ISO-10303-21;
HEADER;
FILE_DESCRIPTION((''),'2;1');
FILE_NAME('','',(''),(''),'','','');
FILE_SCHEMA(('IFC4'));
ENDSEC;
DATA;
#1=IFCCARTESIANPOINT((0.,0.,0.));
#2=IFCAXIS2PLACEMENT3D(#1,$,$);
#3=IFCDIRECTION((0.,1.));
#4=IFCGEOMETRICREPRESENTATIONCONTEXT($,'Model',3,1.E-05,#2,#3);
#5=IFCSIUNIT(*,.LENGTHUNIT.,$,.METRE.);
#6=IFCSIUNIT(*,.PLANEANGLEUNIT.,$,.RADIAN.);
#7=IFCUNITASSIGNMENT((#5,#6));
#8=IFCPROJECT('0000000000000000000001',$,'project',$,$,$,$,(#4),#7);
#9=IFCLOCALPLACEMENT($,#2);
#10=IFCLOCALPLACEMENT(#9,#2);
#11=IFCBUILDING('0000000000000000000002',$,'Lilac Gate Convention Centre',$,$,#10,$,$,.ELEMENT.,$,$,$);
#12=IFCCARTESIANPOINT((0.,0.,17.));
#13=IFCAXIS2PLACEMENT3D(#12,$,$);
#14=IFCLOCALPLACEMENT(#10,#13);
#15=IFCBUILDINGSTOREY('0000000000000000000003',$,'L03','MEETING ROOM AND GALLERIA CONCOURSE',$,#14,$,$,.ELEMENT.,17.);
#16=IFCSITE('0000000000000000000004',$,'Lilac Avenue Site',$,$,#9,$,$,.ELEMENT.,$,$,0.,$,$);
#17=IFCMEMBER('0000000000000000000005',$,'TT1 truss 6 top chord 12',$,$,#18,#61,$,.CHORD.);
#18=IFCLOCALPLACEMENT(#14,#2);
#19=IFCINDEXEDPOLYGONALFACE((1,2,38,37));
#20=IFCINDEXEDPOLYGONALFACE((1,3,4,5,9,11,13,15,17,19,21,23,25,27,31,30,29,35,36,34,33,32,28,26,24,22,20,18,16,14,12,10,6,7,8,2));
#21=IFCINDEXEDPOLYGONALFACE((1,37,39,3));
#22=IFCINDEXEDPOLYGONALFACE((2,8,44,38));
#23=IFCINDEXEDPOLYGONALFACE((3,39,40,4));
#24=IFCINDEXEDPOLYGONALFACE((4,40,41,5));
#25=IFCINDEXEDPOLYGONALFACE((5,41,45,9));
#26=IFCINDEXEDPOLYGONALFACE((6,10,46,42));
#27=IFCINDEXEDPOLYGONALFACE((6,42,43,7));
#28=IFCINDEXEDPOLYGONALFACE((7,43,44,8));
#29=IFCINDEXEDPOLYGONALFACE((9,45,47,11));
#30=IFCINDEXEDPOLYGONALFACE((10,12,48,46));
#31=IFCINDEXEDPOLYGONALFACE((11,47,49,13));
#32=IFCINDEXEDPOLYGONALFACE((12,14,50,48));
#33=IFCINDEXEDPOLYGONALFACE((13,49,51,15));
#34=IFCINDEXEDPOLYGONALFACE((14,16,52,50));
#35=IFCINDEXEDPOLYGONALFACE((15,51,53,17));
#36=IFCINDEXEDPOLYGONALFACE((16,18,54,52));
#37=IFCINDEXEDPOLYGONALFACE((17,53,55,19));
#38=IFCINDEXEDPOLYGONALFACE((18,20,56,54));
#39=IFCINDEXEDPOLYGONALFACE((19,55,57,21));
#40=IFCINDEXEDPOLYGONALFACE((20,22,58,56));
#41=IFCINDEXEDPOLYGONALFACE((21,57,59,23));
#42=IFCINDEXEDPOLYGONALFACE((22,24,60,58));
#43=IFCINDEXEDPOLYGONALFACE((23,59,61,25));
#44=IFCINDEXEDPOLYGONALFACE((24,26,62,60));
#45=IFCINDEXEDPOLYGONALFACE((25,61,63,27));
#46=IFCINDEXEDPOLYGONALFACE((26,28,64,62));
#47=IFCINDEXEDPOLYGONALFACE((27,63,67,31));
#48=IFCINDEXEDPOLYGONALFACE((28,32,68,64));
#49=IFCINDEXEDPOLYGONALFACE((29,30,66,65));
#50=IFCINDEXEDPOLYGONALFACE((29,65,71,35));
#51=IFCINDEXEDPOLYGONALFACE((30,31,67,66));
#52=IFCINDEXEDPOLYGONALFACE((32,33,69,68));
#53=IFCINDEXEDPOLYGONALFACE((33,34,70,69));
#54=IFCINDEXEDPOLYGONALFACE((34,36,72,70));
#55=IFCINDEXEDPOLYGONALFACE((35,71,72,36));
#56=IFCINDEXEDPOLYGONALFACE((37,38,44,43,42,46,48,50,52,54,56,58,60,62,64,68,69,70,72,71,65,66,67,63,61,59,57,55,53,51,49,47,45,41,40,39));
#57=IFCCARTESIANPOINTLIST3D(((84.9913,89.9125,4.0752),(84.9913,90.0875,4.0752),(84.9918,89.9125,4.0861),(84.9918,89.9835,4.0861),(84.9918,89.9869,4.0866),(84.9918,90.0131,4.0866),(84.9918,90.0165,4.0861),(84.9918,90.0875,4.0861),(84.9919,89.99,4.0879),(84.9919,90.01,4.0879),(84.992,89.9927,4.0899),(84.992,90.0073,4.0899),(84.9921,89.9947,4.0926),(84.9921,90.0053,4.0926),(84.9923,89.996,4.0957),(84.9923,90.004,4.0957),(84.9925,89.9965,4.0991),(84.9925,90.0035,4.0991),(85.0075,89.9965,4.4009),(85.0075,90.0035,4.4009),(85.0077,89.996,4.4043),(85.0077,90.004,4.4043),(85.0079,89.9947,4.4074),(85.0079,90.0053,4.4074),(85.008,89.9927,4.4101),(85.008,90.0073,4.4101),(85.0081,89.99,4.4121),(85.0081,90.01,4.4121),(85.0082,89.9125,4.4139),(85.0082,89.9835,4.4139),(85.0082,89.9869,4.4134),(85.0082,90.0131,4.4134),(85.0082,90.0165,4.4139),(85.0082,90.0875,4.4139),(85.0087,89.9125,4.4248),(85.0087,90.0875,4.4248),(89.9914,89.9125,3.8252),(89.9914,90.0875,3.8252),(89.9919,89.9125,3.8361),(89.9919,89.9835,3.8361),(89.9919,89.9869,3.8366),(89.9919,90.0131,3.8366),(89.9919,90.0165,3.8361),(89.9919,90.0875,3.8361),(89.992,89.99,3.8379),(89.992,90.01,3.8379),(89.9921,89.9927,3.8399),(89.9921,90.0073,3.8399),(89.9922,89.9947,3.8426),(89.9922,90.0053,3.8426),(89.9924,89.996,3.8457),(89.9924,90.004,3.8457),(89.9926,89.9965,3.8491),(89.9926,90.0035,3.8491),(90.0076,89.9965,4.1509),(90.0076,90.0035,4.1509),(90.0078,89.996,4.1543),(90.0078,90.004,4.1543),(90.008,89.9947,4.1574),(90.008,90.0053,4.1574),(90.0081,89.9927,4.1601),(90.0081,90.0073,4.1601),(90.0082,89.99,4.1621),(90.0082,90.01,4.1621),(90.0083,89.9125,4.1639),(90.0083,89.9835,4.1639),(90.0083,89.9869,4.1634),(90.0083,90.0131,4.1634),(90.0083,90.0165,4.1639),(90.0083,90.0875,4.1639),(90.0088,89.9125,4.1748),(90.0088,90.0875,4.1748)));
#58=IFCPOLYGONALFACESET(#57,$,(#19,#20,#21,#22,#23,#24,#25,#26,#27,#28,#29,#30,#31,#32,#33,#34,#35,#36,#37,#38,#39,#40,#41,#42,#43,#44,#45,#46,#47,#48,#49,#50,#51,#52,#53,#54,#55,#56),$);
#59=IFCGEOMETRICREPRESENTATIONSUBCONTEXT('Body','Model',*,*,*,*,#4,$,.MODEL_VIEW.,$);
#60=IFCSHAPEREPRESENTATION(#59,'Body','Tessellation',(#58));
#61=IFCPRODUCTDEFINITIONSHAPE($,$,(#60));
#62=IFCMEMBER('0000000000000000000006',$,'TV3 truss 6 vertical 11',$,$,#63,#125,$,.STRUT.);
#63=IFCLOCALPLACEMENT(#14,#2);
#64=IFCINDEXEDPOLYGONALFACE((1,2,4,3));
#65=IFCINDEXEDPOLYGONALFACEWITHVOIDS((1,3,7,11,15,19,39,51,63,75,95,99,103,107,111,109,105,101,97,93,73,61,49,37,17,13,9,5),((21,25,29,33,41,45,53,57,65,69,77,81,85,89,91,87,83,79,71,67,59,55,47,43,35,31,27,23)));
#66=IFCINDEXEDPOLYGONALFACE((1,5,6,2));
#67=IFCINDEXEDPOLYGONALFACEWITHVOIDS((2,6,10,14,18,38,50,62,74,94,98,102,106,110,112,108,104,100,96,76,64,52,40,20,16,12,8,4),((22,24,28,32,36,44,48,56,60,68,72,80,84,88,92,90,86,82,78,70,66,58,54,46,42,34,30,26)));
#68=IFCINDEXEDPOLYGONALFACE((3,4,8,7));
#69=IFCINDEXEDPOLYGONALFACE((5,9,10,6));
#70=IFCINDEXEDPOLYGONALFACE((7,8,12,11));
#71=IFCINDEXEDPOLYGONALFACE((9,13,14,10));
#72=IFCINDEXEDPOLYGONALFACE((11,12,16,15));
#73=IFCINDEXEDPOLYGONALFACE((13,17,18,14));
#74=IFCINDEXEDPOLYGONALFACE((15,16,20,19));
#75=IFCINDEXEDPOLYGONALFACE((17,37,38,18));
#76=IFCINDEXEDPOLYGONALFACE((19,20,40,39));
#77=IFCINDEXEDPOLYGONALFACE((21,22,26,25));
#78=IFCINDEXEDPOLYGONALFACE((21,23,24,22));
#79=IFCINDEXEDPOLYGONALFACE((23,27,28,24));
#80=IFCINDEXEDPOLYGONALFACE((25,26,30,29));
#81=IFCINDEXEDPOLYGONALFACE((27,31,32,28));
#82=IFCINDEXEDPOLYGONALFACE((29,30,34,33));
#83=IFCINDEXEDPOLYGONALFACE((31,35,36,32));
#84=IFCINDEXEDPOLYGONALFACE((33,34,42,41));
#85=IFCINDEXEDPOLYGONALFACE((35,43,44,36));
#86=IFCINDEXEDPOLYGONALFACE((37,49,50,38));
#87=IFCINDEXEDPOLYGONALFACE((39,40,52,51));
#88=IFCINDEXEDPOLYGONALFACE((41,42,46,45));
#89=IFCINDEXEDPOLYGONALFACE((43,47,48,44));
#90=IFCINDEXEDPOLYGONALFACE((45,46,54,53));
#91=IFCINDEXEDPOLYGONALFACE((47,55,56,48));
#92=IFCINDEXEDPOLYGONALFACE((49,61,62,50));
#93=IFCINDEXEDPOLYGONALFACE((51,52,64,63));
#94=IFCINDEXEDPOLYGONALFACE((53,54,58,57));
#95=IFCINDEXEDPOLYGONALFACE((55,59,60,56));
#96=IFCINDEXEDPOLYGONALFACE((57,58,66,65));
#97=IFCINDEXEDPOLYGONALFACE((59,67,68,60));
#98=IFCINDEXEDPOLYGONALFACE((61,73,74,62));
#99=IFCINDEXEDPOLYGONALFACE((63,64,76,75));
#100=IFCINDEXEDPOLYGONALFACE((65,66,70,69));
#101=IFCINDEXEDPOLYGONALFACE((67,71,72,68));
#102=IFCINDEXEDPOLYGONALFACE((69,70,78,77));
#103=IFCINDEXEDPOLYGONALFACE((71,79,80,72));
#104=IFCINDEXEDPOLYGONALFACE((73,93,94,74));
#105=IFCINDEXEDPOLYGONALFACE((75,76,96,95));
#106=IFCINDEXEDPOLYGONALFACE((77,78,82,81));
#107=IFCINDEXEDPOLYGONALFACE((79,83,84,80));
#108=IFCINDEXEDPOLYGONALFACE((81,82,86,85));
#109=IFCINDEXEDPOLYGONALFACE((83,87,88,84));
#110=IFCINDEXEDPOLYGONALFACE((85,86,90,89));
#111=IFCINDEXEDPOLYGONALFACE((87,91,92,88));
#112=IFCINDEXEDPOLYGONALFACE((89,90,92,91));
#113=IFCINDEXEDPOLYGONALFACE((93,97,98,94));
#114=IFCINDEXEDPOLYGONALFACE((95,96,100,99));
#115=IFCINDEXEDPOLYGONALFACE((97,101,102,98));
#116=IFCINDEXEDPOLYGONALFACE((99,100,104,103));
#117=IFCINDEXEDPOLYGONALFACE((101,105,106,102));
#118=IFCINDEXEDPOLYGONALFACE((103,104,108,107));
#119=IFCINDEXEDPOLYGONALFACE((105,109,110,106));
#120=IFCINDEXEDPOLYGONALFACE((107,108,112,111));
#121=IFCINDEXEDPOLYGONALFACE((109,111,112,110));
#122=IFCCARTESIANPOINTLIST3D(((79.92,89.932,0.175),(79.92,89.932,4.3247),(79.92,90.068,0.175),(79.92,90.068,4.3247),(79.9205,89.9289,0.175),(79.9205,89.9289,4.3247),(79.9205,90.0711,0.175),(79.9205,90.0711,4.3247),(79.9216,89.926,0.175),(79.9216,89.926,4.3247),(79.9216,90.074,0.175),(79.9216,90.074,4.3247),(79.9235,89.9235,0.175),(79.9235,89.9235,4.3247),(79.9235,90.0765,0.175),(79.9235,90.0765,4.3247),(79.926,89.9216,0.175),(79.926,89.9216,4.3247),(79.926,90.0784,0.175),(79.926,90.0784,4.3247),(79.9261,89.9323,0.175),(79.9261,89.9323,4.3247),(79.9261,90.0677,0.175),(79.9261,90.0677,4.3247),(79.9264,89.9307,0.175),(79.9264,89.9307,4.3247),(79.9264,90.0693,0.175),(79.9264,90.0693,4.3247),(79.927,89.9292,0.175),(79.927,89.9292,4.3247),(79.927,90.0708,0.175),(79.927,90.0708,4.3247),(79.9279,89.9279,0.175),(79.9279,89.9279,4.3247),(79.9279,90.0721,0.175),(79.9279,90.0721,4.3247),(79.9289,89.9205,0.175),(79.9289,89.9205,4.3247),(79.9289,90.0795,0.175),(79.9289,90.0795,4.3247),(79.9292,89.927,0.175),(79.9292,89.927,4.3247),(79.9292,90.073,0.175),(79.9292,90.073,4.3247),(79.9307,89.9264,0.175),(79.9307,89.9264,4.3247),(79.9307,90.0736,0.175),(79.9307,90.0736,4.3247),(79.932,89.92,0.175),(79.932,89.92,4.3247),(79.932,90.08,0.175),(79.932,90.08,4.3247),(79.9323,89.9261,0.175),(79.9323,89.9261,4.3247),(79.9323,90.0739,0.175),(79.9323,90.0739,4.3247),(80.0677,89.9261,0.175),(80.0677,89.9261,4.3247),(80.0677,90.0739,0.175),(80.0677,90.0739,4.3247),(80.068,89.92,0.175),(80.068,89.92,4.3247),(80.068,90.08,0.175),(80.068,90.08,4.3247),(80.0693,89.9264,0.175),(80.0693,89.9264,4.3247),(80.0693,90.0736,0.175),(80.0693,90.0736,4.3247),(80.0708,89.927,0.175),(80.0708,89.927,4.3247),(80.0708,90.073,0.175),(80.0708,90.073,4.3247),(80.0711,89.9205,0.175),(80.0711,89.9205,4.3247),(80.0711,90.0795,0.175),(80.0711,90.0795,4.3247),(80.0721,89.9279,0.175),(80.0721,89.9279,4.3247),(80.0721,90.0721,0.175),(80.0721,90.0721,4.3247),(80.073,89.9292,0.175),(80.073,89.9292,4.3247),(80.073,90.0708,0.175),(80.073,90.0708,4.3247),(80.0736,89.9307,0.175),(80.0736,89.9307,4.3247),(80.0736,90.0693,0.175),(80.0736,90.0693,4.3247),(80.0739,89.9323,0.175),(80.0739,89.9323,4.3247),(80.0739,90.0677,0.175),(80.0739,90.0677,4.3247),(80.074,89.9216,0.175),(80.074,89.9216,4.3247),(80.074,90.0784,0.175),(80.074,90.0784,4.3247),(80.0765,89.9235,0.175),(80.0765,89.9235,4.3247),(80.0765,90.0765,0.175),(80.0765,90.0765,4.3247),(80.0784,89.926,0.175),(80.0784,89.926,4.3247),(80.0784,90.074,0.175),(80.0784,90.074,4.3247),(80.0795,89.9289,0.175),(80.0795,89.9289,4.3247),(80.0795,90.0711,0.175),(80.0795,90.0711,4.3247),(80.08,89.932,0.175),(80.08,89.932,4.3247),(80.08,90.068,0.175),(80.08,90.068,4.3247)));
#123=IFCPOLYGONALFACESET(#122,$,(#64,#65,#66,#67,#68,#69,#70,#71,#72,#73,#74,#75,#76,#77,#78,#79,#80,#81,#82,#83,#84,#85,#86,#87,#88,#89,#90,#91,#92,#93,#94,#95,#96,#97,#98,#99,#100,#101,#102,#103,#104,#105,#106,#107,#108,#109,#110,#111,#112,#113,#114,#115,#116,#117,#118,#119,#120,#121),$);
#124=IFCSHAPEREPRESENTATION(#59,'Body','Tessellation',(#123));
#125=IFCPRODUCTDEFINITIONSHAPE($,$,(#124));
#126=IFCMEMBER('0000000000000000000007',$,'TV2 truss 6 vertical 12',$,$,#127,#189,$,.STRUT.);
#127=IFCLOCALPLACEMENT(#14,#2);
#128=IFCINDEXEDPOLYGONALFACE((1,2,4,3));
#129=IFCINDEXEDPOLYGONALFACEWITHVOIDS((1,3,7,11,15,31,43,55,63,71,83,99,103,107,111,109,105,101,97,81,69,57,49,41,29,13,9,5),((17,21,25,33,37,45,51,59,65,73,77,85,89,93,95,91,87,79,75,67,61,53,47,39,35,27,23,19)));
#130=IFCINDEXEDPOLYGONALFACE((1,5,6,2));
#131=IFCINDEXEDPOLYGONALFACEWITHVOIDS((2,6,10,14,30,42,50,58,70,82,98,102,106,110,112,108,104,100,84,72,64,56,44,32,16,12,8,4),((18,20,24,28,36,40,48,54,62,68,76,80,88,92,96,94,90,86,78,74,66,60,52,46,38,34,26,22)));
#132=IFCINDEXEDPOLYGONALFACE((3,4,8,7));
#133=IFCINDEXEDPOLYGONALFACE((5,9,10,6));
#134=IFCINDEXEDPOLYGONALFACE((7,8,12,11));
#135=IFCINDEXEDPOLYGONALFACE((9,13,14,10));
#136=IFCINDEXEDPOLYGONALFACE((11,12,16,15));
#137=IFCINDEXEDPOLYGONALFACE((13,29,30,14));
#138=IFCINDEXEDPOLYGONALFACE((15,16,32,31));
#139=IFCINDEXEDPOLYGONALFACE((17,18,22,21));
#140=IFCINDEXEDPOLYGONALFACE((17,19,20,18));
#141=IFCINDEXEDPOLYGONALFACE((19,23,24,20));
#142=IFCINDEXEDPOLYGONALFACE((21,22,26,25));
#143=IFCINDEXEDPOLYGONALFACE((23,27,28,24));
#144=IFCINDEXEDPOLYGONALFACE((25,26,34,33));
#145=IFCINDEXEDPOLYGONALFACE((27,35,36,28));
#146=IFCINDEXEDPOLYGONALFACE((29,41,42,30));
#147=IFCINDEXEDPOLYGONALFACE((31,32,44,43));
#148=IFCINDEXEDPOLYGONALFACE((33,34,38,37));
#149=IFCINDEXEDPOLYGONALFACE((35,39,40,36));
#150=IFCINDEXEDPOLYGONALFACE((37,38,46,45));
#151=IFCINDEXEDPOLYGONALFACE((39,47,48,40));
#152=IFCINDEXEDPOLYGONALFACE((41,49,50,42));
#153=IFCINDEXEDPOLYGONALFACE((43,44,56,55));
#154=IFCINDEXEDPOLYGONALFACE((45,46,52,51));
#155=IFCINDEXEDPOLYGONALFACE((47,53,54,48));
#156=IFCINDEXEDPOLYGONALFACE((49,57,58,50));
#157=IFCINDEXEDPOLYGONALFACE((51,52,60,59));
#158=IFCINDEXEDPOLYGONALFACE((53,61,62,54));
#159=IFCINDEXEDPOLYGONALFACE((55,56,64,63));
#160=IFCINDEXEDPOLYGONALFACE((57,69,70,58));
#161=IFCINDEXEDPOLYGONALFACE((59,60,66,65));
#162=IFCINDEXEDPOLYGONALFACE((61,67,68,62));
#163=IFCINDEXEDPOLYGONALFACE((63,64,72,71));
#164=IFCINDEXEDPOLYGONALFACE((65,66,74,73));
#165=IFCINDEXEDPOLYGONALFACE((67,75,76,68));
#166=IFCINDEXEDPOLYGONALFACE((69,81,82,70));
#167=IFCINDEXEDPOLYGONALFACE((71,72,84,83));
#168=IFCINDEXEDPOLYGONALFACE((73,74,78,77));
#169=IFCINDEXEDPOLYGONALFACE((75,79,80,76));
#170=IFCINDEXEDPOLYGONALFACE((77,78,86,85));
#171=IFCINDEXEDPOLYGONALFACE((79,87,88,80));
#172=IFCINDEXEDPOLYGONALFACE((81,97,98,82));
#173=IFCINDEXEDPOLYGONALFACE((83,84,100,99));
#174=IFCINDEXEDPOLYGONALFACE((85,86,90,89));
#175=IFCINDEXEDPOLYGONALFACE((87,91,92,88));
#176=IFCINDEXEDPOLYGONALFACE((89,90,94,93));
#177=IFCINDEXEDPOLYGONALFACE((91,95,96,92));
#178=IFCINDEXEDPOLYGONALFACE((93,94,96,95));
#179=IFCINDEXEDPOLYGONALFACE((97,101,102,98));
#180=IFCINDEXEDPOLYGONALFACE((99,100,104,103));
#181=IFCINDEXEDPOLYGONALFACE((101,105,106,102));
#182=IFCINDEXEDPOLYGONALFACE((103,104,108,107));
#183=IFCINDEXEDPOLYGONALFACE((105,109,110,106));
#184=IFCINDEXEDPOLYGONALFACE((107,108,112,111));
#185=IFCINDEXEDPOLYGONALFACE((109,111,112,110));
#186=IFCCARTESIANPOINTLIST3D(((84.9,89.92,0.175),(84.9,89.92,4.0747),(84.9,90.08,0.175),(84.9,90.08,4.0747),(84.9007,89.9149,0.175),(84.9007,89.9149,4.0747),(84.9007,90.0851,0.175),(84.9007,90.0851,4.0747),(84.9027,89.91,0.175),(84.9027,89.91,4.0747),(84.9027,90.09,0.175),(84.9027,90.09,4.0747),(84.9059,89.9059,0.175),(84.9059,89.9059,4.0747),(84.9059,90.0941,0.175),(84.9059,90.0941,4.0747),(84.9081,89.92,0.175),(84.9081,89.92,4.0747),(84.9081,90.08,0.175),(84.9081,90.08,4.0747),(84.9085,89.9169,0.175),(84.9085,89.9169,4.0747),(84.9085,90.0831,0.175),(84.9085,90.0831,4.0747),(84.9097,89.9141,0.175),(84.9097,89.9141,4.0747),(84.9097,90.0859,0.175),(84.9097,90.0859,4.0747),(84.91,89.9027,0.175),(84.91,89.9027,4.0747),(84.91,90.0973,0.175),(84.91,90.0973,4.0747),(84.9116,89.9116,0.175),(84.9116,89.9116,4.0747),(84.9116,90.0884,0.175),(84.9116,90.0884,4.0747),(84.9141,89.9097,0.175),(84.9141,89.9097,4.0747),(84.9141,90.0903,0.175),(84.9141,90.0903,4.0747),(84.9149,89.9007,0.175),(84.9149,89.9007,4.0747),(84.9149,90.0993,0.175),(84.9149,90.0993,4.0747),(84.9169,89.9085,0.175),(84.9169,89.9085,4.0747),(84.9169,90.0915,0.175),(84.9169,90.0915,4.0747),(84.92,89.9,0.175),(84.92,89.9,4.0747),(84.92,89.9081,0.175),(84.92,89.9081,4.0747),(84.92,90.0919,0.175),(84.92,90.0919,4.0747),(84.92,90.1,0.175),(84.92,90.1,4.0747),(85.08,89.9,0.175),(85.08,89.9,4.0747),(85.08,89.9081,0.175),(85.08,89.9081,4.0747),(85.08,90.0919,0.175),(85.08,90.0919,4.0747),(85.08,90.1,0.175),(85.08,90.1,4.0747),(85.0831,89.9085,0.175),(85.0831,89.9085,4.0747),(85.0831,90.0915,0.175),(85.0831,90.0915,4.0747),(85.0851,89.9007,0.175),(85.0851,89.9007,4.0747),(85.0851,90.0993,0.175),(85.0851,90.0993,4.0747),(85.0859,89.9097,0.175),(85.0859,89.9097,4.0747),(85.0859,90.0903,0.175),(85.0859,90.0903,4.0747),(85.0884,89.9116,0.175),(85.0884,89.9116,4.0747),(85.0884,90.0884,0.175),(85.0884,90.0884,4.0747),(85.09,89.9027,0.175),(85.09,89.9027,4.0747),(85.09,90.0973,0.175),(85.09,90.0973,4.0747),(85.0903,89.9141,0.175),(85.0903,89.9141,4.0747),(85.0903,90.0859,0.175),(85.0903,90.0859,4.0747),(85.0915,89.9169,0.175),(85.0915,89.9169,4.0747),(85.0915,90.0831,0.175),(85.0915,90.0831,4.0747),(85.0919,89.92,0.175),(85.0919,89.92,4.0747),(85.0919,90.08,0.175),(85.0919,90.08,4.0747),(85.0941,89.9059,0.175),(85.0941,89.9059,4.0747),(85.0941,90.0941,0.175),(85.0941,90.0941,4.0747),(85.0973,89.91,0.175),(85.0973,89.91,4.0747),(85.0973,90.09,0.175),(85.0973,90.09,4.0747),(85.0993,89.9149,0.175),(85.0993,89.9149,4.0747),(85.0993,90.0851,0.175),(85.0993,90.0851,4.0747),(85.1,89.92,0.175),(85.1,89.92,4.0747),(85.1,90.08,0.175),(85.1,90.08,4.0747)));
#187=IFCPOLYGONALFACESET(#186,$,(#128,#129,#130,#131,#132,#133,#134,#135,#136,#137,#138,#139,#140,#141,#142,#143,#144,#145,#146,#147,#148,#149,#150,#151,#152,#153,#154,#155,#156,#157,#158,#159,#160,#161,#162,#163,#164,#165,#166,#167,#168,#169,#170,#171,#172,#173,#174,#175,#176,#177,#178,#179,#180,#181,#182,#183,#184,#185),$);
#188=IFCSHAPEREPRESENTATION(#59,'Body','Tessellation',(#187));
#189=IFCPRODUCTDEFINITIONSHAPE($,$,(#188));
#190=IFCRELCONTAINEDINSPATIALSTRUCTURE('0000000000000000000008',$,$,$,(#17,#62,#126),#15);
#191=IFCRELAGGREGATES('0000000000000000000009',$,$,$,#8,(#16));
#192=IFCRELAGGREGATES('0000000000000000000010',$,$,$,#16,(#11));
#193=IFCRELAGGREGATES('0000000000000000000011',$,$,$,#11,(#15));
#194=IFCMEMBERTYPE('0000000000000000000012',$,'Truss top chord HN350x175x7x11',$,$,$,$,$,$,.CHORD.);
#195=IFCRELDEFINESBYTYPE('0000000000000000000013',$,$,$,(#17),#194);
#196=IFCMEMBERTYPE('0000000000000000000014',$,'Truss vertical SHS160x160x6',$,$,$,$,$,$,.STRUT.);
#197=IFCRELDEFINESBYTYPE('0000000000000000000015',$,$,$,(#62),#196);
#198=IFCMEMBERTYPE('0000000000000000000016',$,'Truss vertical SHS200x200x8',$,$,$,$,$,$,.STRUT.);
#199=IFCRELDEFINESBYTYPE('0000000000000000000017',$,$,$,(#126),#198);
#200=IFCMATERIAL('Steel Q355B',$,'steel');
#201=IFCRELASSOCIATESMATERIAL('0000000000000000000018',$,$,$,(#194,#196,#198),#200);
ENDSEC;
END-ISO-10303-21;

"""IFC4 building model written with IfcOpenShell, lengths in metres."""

from ifc_helpers import new_model, si_unit, direction, frame, origin, origin_2d, place, context, subcontext, project, spatial, hollow_rectangle, i_section, extrude, material, material_profile, profile_set, type_object, element, save


model = new_model("IFC4")

# Units and contexts
model_context = context("Model", 3, precision=1e-05, world=origin(), true_north=direction((0.0, 1.0)))
body_context = subcontext(model_context, "Body", "Model", "MODEL_VIEW")
ifc_project = project(units=[si_unit("LENGTHUNIT", "METRE"), si_unit("PLANEANGLEUNIT", "RADIAN")], contexts=[model_context])

# Site, building, storey
site_placement = place(None, origin())
site = spatial("IfcSite", under=ifc_project, at=site_placement, Name="Lilac Avenue Site", CompositionType="ELEMENT", RefElevation=0.0)
building_placement = place(site_placement, origin())
building = spatial("IfcBuilding", under=site, at=building_placement, Name="Lilac Gate Convention Centre", CompositionType="ELEMENT")
storey_placement = place(building_placement, frame((0.0, 0.0, 17.0)))
storey = spatial("IfcBuildingStorey", under=building, at=storey_placement, Name="L03", Description="MEETING ROOM AND GALLERIA CONCOURSE", CompositionType="ELEMENT", Elevation=17.0)

# Members
ifc_material = material(Name="Steel Q355B", Category="steel")
ifc_material_profile_1 = material_profile(ifc_material, i_section(OverallWidth=0.175, OverallDepth=0.3501, WebThickness=0.0071, FlangeThickness=0.011, FilletRadius=0.0129, at=origin_2d()), Name="HN350x175x7x11")
ifc_profile_set_1 = profile_set([ifc_material_profile_1], Name="Steel Q355B")
member_type_1 = type_object("IfcMemberType", Name="Truss top chord HN350x175x7x11", PredefinedType="CHORD", material=ifc_profile_set_1)
for number, where, z_axis, x_axis, name in (
    (1, (85.0, 90.0, 4.25), (0.998752, 0.0, -0.049938), (0.0, 1.0, 0.0), "TT1 truss 6 top chord 12"),
):
    element("IfcMember", number, at=place(storey_placement, frame(where, z_axis=z_axis, x_axis=x_axis)), inside=storey, type_object=member_type_1, Name=name, PredefinedType="CHORD", context=body_context, shape_type="SweptSolid", body=[
        extrude(i_section(OverallWidth=0.175, OverallDepth=0.3501, WebThickness=0.0071, FlangeThickness=0.011, FilletRadius=0.0129, at=origin_2d()), origin(), (0.0, 0.0, 1.0), 5.0063),
    ])
ifc_material_profile_2 = material_profile(ifc_material, hollow_rectangle(XDim=0.1599, YDim=0.1599, WallThickness=0.0061, InnerFilletRadius=0.0061, OuterFilletRadius=0.012, at=origin_2d()), Name="SHS160x160x6")
ifc_profile_set_2 = profile_set([ifc_material_profile_2], Name="Steel Q355B")
member_type_2 = type_object("IfcMemberType", Name="Truss vertical SHS160x160x6", PredefinedType="STRUT", material=ifc_profile_set_2)
member_1_placement = place(storey_placement, frame((80.0, 90.0, 0.175), z_axis=(0.0, 0.0, 1.0), x_axis=(1.0, 0.0, 0.0)))
element("IfcMember", 2, at=member_1_placement, inside=storey, type_object=member_type_2, Name="TV3 truss 6 vertical 11", PredefinedType="STRUT", context=body_context, shape_type="SweptSolid", body=[
    extrude(hollow_rectangle(XDim=0.1599, YDim=0.1599, WallThickness=0.0061, InnerFilletRadius=0.0061, OuterFilletRadius=0.012, at=origin_2d()), origin(), (0.0, 0.0, 1.0), 4.1497),
])
ifc_material_profile_3 = material_profile(ifc_material, hollow_rectangle(XDim=0.2, YDim=0.2, WallThickness=0.0081, InnerFilletRadius=0.012, OuterFilletRadius=0.02, at=origin_2d()), Name="SHS200x200x8")
ifc_profile_set_3 = profile_set([ifc_material_profile_3], Name="Steel Q355B")
member_type_3 = type_object("IfcMemberType", Name="Truss vertical SHS200x200x8", PredefinedType="STRUT", material=ifc_profile_set_3)
member_2_placement = place(storey_placement, frame((85.0, 90.0, 0.175), z_axis=(0.0, 0.0, 1.0), x_axis=(1.0, 0.0, 0.0)))
element("IfcMember", 3, at=member_2_placement, inside=storey, type_object=member_type_3, Name="TV2 truss 6 vertical 12", PredefinedType="STRUT", context=body_context, shape_type="SweptSolid", body=[
    extrude(hollow_rectangle(XDim=0.2, YDim=0.2, WallThickness=0.0081, InnerFilletRadius=0.012, OuterFilletRadius=0.02, at=origin_2d()), origin(), (0.0, 0.0, 1.0), 3.8997),
])

save(model, "model.ifc")
